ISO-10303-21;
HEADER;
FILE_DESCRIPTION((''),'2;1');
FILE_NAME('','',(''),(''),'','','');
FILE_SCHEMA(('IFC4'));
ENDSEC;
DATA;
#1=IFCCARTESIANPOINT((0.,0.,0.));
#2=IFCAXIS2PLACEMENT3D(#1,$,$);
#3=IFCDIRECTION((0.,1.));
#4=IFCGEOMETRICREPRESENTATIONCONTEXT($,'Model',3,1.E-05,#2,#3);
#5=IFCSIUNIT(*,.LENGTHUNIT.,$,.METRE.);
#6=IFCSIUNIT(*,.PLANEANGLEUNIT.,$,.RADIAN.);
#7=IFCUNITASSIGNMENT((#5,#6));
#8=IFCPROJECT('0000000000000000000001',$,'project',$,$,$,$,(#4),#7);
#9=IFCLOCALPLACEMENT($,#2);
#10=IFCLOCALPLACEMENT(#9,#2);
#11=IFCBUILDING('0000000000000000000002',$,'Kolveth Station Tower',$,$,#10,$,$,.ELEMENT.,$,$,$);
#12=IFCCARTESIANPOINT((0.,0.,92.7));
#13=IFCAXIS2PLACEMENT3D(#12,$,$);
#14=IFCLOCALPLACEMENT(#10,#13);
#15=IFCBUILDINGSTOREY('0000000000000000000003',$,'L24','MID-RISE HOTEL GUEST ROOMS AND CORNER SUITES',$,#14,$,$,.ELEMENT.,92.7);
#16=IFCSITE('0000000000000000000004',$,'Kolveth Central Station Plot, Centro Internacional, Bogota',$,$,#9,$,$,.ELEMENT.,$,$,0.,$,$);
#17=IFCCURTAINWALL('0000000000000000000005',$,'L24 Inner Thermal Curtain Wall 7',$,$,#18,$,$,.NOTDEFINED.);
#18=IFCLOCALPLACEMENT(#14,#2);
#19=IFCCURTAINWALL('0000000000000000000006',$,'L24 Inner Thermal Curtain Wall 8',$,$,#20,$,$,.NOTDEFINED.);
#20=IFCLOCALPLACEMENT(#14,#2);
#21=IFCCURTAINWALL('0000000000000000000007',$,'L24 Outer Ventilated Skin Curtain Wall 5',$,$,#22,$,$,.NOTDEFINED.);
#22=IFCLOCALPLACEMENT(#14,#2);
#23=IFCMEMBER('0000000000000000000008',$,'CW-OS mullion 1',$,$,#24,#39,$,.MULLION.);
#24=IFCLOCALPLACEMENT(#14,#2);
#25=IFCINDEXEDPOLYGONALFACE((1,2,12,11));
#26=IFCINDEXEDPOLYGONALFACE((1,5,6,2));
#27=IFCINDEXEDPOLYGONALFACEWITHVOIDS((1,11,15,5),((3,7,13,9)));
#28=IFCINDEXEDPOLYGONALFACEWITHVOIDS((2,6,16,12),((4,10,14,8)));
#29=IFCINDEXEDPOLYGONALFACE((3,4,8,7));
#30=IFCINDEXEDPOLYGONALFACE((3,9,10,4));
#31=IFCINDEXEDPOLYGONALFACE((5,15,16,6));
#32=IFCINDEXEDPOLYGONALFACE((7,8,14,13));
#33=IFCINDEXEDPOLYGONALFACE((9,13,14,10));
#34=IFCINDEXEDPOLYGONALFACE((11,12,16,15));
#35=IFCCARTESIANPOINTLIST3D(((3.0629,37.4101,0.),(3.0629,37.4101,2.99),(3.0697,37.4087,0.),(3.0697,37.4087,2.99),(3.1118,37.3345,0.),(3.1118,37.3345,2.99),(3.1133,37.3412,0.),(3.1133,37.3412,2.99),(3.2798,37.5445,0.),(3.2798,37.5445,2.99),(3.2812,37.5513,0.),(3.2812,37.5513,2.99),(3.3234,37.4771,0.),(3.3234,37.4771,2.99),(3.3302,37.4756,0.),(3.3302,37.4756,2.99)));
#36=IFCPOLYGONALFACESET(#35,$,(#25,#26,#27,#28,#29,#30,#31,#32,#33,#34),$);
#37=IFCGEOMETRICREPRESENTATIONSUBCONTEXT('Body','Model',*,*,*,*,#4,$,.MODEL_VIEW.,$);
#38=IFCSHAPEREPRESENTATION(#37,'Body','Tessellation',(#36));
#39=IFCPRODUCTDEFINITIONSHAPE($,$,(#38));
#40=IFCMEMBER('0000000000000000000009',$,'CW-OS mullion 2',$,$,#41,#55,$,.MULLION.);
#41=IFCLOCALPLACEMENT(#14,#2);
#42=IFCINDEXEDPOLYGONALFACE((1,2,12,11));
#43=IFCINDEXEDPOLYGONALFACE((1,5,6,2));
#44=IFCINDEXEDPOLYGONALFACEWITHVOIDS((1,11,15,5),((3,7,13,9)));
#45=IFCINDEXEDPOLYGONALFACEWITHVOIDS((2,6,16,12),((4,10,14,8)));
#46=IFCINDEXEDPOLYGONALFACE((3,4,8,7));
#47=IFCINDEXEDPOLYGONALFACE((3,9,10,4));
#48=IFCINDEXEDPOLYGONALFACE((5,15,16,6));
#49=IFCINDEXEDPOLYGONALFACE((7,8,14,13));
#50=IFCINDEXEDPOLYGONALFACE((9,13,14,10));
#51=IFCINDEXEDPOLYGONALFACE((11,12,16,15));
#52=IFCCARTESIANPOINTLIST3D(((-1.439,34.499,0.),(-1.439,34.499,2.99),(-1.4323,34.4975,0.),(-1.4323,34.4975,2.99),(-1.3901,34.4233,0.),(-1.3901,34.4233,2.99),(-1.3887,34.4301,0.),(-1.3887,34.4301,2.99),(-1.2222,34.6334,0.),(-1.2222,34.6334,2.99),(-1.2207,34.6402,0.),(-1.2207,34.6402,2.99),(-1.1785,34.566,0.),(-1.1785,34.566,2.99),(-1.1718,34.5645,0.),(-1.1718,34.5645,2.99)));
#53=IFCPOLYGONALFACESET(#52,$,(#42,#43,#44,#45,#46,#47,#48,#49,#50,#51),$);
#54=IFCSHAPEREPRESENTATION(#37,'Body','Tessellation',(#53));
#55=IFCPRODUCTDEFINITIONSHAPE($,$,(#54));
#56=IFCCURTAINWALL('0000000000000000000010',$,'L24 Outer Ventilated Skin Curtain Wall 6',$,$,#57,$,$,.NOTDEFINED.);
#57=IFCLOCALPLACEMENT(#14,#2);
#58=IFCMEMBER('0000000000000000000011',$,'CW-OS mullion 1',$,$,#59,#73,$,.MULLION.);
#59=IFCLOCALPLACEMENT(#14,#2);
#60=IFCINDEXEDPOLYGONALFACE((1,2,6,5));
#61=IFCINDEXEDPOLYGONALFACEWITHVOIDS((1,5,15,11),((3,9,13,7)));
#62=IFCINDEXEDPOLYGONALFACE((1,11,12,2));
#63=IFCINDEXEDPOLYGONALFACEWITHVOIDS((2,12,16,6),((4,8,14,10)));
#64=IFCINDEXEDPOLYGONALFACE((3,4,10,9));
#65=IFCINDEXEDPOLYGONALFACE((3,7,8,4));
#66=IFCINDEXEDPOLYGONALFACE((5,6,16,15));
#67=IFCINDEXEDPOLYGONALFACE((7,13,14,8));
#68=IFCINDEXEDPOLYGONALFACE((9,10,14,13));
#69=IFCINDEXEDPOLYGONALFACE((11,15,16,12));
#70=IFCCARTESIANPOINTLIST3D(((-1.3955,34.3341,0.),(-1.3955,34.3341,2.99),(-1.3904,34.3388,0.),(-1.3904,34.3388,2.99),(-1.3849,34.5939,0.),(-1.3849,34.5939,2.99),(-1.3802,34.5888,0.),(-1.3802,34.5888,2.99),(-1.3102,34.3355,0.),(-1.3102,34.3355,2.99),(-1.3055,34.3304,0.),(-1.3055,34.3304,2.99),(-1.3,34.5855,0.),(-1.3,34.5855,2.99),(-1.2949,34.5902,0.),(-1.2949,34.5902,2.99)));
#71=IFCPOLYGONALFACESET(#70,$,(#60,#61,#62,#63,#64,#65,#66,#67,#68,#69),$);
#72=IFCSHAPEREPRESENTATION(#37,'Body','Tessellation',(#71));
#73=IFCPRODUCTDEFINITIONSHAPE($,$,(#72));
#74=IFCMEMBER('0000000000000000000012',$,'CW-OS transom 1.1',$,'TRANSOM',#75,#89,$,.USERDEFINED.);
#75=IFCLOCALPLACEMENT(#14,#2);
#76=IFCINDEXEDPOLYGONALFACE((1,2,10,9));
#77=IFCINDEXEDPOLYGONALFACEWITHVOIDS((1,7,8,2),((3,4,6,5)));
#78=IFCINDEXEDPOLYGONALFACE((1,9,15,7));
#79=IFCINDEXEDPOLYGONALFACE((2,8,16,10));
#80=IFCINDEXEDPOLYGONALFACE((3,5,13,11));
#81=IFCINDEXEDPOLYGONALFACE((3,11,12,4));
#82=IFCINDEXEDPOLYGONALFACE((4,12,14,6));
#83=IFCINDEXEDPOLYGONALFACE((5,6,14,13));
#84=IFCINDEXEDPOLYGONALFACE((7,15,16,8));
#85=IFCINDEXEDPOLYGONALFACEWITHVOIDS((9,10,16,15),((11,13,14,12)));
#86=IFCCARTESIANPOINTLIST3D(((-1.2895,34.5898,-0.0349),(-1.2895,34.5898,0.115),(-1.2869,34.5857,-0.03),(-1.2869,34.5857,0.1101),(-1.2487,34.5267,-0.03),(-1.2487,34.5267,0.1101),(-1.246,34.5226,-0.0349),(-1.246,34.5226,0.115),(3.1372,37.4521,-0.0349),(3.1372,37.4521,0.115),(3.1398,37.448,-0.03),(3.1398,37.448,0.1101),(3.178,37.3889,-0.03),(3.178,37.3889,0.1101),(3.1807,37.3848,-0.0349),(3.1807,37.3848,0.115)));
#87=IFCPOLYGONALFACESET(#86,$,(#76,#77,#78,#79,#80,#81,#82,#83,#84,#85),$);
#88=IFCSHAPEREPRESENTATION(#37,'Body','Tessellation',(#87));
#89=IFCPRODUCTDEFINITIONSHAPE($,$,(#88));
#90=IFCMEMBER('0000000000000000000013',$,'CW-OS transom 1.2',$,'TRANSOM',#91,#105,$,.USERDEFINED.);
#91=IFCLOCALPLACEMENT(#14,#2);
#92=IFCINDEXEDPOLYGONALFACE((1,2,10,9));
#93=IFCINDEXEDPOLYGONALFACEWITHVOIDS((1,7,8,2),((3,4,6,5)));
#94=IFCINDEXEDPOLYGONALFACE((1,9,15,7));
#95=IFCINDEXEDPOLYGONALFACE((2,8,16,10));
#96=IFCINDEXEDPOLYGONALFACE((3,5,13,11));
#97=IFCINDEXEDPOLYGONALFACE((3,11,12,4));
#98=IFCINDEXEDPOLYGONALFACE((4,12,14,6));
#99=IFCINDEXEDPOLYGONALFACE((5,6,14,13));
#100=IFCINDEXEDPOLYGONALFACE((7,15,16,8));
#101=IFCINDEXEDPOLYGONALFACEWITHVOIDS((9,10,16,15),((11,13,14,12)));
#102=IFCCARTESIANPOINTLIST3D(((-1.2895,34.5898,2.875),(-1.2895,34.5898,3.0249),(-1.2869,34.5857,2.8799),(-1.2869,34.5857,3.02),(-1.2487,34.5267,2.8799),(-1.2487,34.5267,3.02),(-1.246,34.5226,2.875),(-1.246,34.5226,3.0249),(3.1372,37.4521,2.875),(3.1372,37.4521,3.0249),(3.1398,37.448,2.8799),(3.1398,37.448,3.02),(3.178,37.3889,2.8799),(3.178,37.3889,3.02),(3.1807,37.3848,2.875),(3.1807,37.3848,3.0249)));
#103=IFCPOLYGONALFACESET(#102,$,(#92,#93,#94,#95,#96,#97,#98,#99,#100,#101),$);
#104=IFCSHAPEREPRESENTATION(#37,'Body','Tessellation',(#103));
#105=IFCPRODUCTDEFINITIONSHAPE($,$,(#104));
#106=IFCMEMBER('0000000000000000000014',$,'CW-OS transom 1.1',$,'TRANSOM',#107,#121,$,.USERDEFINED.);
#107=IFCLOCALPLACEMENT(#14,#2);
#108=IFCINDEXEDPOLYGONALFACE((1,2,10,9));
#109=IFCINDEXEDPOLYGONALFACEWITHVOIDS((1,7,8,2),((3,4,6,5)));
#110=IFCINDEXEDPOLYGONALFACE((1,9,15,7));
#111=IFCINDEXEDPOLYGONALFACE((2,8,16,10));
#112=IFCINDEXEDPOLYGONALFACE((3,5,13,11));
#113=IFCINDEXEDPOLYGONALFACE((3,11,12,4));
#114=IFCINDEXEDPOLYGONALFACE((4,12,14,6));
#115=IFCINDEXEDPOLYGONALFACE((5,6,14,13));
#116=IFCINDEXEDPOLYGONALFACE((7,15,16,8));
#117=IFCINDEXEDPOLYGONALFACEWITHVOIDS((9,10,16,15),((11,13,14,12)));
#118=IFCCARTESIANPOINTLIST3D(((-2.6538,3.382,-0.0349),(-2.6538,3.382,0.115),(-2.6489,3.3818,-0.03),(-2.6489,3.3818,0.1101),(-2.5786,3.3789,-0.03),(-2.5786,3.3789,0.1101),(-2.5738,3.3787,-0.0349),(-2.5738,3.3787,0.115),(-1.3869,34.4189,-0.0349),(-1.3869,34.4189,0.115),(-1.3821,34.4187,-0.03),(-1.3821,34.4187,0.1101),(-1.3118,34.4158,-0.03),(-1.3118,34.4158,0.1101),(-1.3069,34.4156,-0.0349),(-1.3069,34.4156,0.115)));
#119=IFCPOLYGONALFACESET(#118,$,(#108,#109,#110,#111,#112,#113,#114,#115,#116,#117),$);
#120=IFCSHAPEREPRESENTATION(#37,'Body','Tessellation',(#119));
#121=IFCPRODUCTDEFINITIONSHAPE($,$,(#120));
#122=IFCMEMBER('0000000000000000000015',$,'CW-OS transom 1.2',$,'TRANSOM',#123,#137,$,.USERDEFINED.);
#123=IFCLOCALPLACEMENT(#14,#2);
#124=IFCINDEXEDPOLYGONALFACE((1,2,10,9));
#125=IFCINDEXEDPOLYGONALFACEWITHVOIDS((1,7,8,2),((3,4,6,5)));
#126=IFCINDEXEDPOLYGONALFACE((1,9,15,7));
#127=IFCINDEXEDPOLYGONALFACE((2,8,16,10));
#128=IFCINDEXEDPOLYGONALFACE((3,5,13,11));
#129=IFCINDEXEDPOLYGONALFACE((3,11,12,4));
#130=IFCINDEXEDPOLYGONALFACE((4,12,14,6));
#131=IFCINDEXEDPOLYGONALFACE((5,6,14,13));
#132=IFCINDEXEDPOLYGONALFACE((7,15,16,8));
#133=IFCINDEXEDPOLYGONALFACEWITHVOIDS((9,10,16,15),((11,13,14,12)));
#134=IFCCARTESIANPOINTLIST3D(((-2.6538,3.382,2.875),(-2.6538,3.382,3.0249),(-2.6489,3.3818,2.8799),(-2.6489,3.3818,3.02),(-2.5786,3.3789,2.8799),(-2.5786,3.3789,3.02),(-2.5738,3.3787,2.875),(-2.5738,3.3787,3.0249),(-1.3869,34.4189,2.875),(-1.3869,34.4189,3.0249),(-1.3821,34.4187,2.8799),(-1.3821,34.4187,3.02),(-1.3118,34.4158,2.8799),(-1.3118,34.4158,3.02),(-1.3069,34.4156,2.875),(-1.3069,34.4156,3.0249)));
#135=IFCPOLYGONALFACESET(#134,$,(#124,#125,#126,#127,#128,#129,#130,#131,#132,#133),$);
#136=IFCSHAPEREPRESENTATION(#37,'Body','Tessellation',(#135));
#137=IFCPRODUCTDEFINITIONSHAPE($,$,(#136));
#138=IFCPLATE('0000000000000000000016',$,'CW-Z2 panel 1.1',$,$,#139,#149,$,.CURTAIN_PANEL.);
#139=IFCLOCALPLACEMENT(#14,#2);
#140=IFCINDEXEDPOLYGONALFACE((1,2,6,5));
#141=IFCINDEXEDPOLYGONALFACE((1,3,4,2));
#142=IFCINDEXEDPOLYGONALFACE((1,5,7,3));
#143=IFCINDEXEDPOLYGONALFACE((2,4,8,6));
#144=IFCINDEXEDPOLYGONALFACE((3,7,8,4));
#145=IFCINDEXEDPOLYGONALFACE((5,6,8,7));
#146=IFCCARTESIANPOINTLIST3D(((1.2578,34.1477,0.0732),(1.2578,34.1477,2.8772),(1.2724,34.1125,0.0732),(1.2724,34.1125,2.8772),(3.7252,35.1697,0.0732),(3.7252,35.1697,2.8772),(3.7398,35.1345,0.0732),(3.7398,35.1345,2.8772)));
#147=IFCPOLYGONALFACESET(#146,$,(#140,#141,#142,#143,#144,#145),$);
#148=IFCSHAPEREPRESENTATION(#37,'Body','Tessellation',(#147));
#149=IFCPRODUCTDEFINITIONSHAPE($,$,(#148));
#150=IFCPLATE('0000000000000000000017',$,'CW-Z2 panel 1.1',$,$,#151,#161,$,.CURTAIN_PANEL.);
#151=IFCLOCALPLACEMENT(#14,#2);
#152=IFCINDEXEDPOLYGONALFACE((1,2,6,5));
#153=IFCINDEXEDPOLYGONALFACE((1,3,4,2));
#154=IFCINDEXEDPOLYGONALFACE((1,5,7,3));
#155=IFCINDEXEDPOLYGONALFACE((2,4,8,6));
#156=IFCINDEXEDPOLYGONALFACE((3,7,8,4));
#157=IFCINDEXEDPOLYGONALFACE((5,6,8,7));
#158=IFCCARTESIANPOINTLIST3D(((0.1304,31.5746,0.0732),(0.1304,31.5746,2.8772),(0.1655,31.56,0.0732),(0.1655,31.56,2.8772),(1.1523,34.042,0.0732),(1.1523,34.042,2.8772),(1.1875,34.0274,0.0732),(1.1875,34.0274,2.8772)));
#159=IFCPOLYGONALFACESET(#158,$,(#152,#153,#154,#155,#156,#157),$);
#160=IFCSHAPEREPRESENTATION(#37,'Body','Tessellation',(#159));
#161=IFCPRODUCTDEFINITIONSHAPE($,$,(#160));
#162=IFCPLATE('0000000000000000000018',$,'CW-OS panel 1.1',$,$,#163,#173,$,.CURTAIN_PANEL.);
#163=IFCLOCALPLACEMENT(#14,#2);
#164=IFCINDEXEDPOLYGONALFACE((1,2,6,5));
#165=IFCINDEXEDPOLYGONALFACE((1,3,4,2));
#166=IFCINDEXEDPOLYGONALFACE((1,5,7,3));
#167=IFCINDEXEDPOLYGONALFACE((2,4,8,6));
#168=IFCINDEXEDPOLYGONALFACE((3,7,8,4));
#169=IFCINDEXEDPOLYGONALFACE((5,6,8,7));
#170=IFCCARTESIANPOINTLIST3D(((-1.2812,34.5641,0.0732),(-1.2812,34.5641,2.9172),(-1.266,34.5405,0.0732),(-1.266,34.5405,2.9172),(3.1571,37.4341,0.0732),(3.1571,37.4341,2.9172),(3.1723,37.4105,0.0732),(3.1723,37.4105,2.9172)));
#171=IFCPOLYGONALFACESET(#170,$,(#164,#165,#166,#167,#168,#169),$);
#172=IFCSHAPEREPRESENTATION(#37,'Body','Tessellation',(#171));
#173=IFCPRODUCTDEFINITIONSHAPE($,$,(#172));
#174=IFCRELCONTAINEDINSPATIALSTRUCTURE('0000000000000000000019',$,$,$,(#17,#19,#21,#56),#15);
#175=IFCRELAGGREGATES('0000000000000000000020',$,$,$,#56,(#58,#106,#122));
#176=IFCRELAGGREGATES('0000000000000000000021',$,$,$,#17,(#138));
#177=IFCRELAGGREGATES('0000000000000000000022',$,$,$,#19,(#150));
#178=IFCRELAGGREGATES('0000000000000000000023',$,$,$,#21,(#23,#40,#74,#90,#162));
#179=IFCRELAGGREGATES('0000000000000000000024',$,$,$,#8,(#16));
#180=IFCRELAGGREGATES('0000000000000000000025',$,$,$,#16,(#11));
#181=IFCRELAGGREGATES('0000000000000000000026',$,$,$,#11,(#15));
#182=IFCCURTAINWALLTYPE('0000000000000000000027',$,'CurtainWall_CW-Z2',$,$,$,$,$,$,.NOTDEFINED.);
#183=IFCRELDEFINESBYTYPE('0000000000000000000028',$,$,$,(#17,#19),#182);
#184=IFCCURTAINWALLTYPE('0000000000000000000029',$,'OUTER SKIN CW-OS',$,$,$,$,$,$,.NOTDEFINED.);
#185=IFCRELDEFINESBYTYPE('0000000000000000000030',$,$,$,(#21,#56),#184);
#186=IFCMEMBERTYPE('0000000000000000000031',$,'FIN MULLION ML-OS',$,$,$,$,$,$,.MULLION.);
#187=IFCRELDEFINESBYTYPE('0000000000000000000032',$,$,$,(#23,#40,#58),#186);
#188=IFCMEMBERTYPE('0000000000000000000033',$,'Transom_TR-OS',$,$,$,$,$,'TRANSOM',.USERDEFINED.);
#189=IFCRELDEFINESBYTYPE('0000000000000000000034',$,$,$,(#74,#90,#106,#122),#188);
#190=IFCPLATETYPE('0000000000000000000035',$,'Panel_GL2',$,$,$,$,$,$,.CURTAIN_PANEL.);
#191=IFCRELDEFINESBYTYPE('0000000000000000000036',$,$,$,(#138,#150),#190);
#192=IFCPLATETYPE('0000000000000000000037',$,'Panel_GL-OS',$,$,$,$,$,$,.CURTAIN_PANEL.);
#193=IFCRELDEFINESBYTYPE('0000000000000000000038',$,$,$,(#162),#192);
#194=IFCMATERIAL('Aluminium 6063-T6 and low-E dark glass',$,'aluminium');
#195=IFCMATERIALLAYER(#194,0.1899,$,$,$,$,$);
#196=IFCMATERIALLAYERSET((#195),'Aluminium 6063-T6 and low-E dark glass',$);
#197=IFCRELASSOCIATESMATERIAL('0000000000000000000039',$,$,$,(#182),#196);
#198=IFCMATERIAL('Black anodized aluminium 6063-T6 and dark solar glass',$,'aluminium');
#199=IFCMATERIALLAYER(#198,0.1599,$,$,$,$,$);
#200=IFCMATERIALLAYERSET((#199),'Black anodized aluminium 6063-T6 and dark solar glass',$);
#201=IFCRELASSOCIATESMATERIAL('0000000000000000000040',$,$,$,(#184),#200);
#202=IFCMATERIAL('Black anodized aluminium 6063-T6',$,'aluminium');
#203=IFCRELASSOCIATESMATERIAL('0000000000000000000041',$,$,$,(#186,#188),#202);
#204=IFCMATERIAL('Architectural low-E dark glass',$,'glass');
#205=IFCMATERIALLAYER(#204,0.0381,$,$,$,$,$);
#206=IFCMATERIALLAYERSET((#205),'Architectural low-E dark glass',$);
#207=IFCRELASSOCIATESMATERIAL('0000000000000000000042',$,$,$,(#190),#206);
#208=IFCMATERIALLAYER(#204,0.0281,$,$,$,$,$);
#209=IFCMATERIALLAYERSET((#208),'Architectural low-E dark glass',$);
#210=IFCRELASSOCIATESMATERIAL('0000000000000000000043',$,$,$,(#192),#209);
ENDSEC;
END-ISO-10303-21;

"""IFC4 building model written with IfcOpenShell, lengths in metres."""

from ifc_helpers import new_model, si_unit, direction, frame, origin, origin_2d, place, context, subcontext, project, spatial, rectangle, hollow_rectangle, extrude, source, transform, mapped, material, layer, layer_set, material_profile, profile_set, type_object, element, aggregate, save


model = new_model("IFC4")

# Units and contexts
model_context = context("Model", 3, precision=1e-05, world=origin(), true_north=direction((0.0, 1.0)))
body_context = subcontext(model_context, "Body", "Model", "MODEL_VIEW")
ifc_project = project(units=[si_unit("LENGTHUNIT", "METRE"), si_unit("PLANEANGLEUNIT", "RADIAN")], contexts=[model_context])

# Site, building, storey
site_placement = place(None, origin())
site = spatial("IfcSite", under=ifc_project, at=site_placement, Name="Kolveth Central Station Plot, Centro Internacional, Bogota", CompositionType="ELEMENT", RefElevation=0.0)
building_placement = place(site_placement, origin())
building = spatial("IfcBuilding", under=site, at=building_placement, Name="Kolveth Station Tower", CompositionType="ELEMENT")
storey_placement = place(building_placement, frame((0.0, 0.0, 92.7)))
storey = spatial("IfcBuildingStorey", under=building, at=storey_placement, Name="L24", Description="MID-RISE HOTEL GUEST ROOMS AND CORNER SUITES", CompositionType="ELEMENT", Elevation=92.7)

# Shared definitions
ifc_material_1 = material(Name="Aluminium 6063-T6 and low-E dark glass", Category="aluminium")
ifc_layer_1 = layer(ifc_material_1, 0.1899)
ifc_layer_set_1 = layer_set([ifc_layer_1], Name="Aluminium 6063-T6 and low-E dark glass")
curtain_wall_type_1 = type_object("IfcCurtainWallType", Name="CurtainWall_CW-Z2", PredefinedType="NOTDEFINED", material=ifc_layer_set_1)
ifc_material_2 = material(Name="Black anodized aluminium 6063-T6", Category="aluminium")

# Curtain walls
curtain_wall_1_placement = place(storey_placement, origin())
curtain_wall_1 = element("IfcCurtainWall", 1, at=curtain_wall_1_placement, inside=storey, type_object=curtain_wall_type_1, Name="L24 Inner Thermal Curtain Wall 7", PredefinedType="NOTDEFINED")
curtain_wall_2_placement = place(storey_placement, origin())
curtain_wall_2 = element("IfcCurtainWall", 2, at=curtain_wall_2_placement, inside=storey, type_object=curtain_wall_type_1, Name="L24 Inner Thermal Curtain Wall 8", PredefinedType="NOTDEFINED")

# Shared definitions
ifc_material_3 = material(Name="Black anodized aluminium 6063-T6 and dark solar glass", Category="aluminium")
ifc_layer_2 = layer(ifc_material_3, 0.1599)
ifc_layer_set_2 = layer_set([ifc_layer_2], Name="Black anodized aluminium 6063-T6 and dark solar glass")
curtain_wall_type_2 = type_object("IfcCurtainWallType", Name="OUTER SKIN CW-OS", PredefinedType="NOTDEFINED", material=ifc_layer_set_2)
ifc_material_profile_1 = material_profile(ifc_material_2, hollow_rectangle(XDim=0.0901, YDim=0.26, WallThickness=0.0049, at=origin_2d()), Name="ALU-90x260x5")
ifc_profile_set_1 = profile_set([ifc_material_profile_1], Name="Black anodized aluminium 6063-T6")
member_type_1 = type_object("IfcMemberType", Name="FIN MULLION ML-OS", PredefinedType="MULLION", material=ifc_profile_set_1)
shared_shape_1 = source(origin(), body_context, "Body", "SweptSolid", [
    extrude(hollow_rectangle(XDim=0.0901, YDim=0.26, WallThickness=0.0049, at=origin_2d()), origin(), (0.0, 0.0, 1.0), 2.99),
])

# Curtain wall, members
curtain_wall_3_placement = place(storey_placement, origin())
curtain_wall_3 = element("IfcCurtainWall", 3, at=curtain_wall_3_placement, inside=storey, type_object=curtain_wall_type_2, Name="L24 Outer Ventilated Skin Curtain Wall 5", PredefinedType="NOTDEFINED")
member_1_placement = place(storey_placement, frame((3.1965, 37.4429, 0.0), z_axis=(0.0, 0.0, 1.0), x_axis=(0.543, -0.839733, 0.0)))
member_1 = element("IfcMember", 4, at=member_1_placement, type_object=member_type_1, Name="CW-OS mullion 1", PredefinedType="MULLION", context=body_context, shape_type="MappedRepresentation", body=[
    mapped(shared_shape_1, transform((0.0, 0.0, 0.0), x_axis=(1.0, 0.0, 0.0), y_axis=(0.0, 1.0, 0.0), z_axis=(0.0, 0.0, 1.0), scale=1.0)),
])
member_2_placement = place(storey_placement, frame((-1.3054, 34.5317, 0.0), z_axis=(0.0, 0.0, 1.0), x_axis=(0.543, -0.839733, 0.0)))
member_2 = element("IfcMember", 5, at=member_2_placement, type_object=member_type_1, Name="CW-OS mullion 2", PredefinedType="MULLION", context=body_context, shape_type="MappedRepresentation", body=[
    mapped(shared_shape_1, transform((0.0, 0.0, 0.0), x_axis=(1.0, 0.0, 0.0), y_axis=(0.0, 1.0, 0.0), z_axis=(0.0, 0.0, 1.0), scale=1.0)),
])

# Curtain wall, member
curtain_wall_4_placement = place(storey_placement, origin())
curtain_wall_4 = element("IfcCurtainWall", 6, at=curtain_wall_4_placement, inside=storey, type_object=curtain_wall_type_2, Name="L24 Outer Ventilated Skin Curtain Wall 6", PredefinedType="NOTDEFINED")
member_3_placement = place(storey_placement, frame((-1.3452, 34.4622, 0.0), z_axis=(0.0, 0.0, 1.0), x_axis=(0.999168, -0.040781, 0.0)))
member_3 = element("IfcMember", 7, at=member_3_placement, type_object=member_type_1, Name="CW-OS mullion 1", PredefinedType="MULLION", context=body_context, shape_type="MappedRepresentation", body=[
    mapped(shared_shape_1, transform((0.0, 0.0, 0.0), x_axis=(1.0, 0.0, 0.0), y_axis=(0.0, 1.0, 0.0), z_axis=(0.0, 0.0, 1.0), scale=1.0)),
])

# Members
ifc_material_profile_2 = material_profile(ifc_material_2, hollow_rectangle(XDim=0.0801, YDim=0.1499, WallThickness=0.0049, at=origin_2d()), Name="ALU-80x150x5")
ifc_profile_set_2 = profile_set([ifc_material_profile_2], Name="Black anodized aluminium 6063-T6")
member_type_2 = type_object("IfcMemberType", Name="Transom_TR-OS", ElementType="TRANSOM", PredefinedType="USERDEFINED", material=ifc_profile_set_2)
shared_shape_2 = source(origin(), body_context, "Body", "SweptSolid", [
    extrude(hollow_rectangle(XDim=0.0801, YDim=0.1499, WallThickness=0.0049, at=origin_2d()), origin(), (0.0, 0.0, 1.0), 5.2715),
])
member_4_placement = place(storey_placement, frame((3.1589, 37.4185, 0.04), z_axis=(-0.839749, -0.542975, 0.0), x_axis=(0.542975, -0.839749, 0.0)))
member_4 = element("IfcMember", 8, at=member_4_placement, type_object=member_type_2, Name="CW-OS transom 1.1", ObjectType="TRANSOM", PredefinedType="USERDEFINED", context=body_context, shape_type="MappedRepresentation", body=[
    mapped(shared_shape_2, transform((0.0, 0.0, 0.0), x_axis=(1.0, 0.0, 0.0), y_axis=(0.0, 1.0, 0.0), z_axis=(0.0, 0.0, 1.0), scale=1.0)),
])
member_5_placement = place(storey_placement, frame((3.1589, 37.4185, 2.95), z_axis=(-0.839749, -0.542975, 0.0), x_axis=(0.542975, -0.839749, 0.0)))
member_5 = element("IfcMember", 9, at=member_5_placement, type_object=member_type_2, Name="CW-OS transom 1.2", ObjectType="TRANSOM", PredefinedType="USERDEFINED", context=body_context, shape_type="MappedRepresentation", body=[
    mapped(shared_shape_2, transform((0.0, 0.0, 0.0), x_axis=(1.0, 0.0, 0.0), y_axis=(0.0, 1.0, 0.0), z_axis=(0.0, 0.0, 1.0), scale=1.0)),
])
shared_shape_3 = source(origin(), body_context, "Body", "SweptSolid", [
    extrude(hollow_rectangle(XDim=0.0801, YDim=0.1499, WallThickness=0.0049, at=origin_2d()), origin(), (0.0, 0.0, 1.0), 31.0627),
])
member_6_placement = place(storey_placement, frame((-1.3469, 34.4172, 0.04), z_axis=(-0.040783, -0.999168, 0.0), x_axis=(0.999168, -0.040783, 0.0)))
member_6 = element("IfcMember", 10, at=member_6_placement, type_object=member_type_2, Name="CW-OS transom 1.1", ObjectType="TRANSOM", PredefinedType="USERDEFINED", context=body_context, shape_type="MappedRepresentation", body=[
    mapped(shared_shape_3, transform((0.0, 0.0, 0.0), x_axis=(1.0, 0.0, 0.0), y_axis=(0.0, 1.0, 0.0), z_axis=(0.0, 0.0, 1.0), scale=1.0)),
])
member_7_placement = place(storey_placement, frame((-1.3469, 34.4172, 2.95), z_axis=(-0.040783, -0.999168, 0.0), x_axis=(0.999168, -0.040783, 0.0)))
member_7 = element("IfcMember", 11, at=member_7_placement, type_object=member_type_2, Name="CW-OS transom 1.2", ObjectType="TRANSOM", PredefinedType="USERDEFINED", context=body_context, shape_type="MappedRepresentation", body=[
    mapped(shared_shape_3, transform((0.0, 0.0, 0.0), x_axis=(1.0, 0.0, 0.0), y_axis=(0.0, 1.0, 0.0), z_axis=(0.0, 0.0, 1.0), scale=1.0)),
])
aggregate(curtain_wall_4, [member_3, member_6, member_7])

# Plates
ifc_material_4 = material(Name="Architectural low-E dark glass", Category="glass")
ifc_layer_3 = layer(ifc_material_4, 0.0381)
ifc_layer_set_3 = layer_set([ifc_layer_3], Name="Architectural low-E dark glass")
plate_type_1 = type_object("IfcPlateType", Name="Panel_GL2", PredefinedType="CURTAIN_PANEL", material=ifc_layer_set_3)
shared_shape_4 = source(origin(), body_context, "Body", "SweptSolid", [
    extrude(rectangle(XDim=2.6707, YDim=0.0381, at=origin_2d()), origin(), (0.0, 0.0, 1.0), 2.804),
])
plate_1_placement = place(storey_placement, frame((2.4988, 34.6411, 0.0732), z_axis=(0.0, 0.0, 1.0), x_axis=(-0.923888, -0.382663, 0.0)))
plate_1 = element("IfcPlate", 12, at=plate_1_placement, type_object=plate_type_1, Name="CW-Z2 panel 1.1", PredefinedType="CURTAIN_PANEL", context=body_context, shape_type="MappedRepresentation", body=[
    mapped(shared_shape_4, transform((0.0, 0.0, 0.0), x_axis=(1.0, 0.0, 0.0), y_axis=(0.0, 1.0, 0.0), z_axis=(0.0, 0.0, 1.0), scale=1.0)),
])
aggregate(curtain_wall_1, [plate_1])
plate_2_placement = place(storey_placement, frame((0.6589, 32.801, 0.0732), z_axis=(0.0, 0.0, 1.0), x_axis=(-0.382663, -0.923888, 0.0)))
plate_2 = element("IfcPlate", 13, at=plate_2_placement, type_object=plate_type_1, Name="CW-Z2 panel 1.1", PredefinedType="CURTAIN_PANEL", context=body_context, shape_type="MappedRepresentation", body=[
    mapped(shared_shape_4, transform((0.0, 0.0, 0.0), x_axis=(1.0, 0.0, 0.0), y_axis=(0.0, 1.0, 0.0), z_axis=(0.0, 0.0, 1.0), scale=1.0)),
])
aggregate(curtain_wall_2, [plate_2])
ifc_layer_4 = layer(ifc_material_4, 0.0281)
ifc_layer_set_4 = layer_set([ifc_layer_4], Name="Architectural low-E dark glass")
plate_type_2 = type_object("IfcPlateType", Name="Panel_GL-OS", PredefinedType="CURTAIN_PANEL", material=ifc_layer_set_4)
shared_shape_5 = source(origin(), body_context, "Body", "SweptSolid", [
    extrude(rectangle(XDim=5.2854, YDim=0.0281, at=origin_2d()), origin(), (0.0, 0.0, 1.0), 2.844),
])
plate_3_placement = place(storey_placement, frame((0.9456, 35.9873, 0.0732), z_axis=(0.0, 0.0, 1.0), x_axis=(-0.839733, -0.543, 0.0)))
plate_3 = element("IfcPlate", 14, at=plate_3_placement, type_object=plate_type_2, Name="CW-OS panel 1.1", PredefinedType="CURTAIN_PANEL", context=body_context, shape_type="MappedRepresentation", body=[
    mapped(shared_shape_5, transform((0.0, 0.0, 0.0), x_axis=(1.0, 0.0, 0.0), y_axis=(0.0, 1.0, 0.0), z_axis=(0.0, 0.0, 1.0), scale=1.0)),
])
aggregate(curtain_wall_3, [member_1, member_2, member_4, member_5, plate_3])

save(model, "model.ifc")
